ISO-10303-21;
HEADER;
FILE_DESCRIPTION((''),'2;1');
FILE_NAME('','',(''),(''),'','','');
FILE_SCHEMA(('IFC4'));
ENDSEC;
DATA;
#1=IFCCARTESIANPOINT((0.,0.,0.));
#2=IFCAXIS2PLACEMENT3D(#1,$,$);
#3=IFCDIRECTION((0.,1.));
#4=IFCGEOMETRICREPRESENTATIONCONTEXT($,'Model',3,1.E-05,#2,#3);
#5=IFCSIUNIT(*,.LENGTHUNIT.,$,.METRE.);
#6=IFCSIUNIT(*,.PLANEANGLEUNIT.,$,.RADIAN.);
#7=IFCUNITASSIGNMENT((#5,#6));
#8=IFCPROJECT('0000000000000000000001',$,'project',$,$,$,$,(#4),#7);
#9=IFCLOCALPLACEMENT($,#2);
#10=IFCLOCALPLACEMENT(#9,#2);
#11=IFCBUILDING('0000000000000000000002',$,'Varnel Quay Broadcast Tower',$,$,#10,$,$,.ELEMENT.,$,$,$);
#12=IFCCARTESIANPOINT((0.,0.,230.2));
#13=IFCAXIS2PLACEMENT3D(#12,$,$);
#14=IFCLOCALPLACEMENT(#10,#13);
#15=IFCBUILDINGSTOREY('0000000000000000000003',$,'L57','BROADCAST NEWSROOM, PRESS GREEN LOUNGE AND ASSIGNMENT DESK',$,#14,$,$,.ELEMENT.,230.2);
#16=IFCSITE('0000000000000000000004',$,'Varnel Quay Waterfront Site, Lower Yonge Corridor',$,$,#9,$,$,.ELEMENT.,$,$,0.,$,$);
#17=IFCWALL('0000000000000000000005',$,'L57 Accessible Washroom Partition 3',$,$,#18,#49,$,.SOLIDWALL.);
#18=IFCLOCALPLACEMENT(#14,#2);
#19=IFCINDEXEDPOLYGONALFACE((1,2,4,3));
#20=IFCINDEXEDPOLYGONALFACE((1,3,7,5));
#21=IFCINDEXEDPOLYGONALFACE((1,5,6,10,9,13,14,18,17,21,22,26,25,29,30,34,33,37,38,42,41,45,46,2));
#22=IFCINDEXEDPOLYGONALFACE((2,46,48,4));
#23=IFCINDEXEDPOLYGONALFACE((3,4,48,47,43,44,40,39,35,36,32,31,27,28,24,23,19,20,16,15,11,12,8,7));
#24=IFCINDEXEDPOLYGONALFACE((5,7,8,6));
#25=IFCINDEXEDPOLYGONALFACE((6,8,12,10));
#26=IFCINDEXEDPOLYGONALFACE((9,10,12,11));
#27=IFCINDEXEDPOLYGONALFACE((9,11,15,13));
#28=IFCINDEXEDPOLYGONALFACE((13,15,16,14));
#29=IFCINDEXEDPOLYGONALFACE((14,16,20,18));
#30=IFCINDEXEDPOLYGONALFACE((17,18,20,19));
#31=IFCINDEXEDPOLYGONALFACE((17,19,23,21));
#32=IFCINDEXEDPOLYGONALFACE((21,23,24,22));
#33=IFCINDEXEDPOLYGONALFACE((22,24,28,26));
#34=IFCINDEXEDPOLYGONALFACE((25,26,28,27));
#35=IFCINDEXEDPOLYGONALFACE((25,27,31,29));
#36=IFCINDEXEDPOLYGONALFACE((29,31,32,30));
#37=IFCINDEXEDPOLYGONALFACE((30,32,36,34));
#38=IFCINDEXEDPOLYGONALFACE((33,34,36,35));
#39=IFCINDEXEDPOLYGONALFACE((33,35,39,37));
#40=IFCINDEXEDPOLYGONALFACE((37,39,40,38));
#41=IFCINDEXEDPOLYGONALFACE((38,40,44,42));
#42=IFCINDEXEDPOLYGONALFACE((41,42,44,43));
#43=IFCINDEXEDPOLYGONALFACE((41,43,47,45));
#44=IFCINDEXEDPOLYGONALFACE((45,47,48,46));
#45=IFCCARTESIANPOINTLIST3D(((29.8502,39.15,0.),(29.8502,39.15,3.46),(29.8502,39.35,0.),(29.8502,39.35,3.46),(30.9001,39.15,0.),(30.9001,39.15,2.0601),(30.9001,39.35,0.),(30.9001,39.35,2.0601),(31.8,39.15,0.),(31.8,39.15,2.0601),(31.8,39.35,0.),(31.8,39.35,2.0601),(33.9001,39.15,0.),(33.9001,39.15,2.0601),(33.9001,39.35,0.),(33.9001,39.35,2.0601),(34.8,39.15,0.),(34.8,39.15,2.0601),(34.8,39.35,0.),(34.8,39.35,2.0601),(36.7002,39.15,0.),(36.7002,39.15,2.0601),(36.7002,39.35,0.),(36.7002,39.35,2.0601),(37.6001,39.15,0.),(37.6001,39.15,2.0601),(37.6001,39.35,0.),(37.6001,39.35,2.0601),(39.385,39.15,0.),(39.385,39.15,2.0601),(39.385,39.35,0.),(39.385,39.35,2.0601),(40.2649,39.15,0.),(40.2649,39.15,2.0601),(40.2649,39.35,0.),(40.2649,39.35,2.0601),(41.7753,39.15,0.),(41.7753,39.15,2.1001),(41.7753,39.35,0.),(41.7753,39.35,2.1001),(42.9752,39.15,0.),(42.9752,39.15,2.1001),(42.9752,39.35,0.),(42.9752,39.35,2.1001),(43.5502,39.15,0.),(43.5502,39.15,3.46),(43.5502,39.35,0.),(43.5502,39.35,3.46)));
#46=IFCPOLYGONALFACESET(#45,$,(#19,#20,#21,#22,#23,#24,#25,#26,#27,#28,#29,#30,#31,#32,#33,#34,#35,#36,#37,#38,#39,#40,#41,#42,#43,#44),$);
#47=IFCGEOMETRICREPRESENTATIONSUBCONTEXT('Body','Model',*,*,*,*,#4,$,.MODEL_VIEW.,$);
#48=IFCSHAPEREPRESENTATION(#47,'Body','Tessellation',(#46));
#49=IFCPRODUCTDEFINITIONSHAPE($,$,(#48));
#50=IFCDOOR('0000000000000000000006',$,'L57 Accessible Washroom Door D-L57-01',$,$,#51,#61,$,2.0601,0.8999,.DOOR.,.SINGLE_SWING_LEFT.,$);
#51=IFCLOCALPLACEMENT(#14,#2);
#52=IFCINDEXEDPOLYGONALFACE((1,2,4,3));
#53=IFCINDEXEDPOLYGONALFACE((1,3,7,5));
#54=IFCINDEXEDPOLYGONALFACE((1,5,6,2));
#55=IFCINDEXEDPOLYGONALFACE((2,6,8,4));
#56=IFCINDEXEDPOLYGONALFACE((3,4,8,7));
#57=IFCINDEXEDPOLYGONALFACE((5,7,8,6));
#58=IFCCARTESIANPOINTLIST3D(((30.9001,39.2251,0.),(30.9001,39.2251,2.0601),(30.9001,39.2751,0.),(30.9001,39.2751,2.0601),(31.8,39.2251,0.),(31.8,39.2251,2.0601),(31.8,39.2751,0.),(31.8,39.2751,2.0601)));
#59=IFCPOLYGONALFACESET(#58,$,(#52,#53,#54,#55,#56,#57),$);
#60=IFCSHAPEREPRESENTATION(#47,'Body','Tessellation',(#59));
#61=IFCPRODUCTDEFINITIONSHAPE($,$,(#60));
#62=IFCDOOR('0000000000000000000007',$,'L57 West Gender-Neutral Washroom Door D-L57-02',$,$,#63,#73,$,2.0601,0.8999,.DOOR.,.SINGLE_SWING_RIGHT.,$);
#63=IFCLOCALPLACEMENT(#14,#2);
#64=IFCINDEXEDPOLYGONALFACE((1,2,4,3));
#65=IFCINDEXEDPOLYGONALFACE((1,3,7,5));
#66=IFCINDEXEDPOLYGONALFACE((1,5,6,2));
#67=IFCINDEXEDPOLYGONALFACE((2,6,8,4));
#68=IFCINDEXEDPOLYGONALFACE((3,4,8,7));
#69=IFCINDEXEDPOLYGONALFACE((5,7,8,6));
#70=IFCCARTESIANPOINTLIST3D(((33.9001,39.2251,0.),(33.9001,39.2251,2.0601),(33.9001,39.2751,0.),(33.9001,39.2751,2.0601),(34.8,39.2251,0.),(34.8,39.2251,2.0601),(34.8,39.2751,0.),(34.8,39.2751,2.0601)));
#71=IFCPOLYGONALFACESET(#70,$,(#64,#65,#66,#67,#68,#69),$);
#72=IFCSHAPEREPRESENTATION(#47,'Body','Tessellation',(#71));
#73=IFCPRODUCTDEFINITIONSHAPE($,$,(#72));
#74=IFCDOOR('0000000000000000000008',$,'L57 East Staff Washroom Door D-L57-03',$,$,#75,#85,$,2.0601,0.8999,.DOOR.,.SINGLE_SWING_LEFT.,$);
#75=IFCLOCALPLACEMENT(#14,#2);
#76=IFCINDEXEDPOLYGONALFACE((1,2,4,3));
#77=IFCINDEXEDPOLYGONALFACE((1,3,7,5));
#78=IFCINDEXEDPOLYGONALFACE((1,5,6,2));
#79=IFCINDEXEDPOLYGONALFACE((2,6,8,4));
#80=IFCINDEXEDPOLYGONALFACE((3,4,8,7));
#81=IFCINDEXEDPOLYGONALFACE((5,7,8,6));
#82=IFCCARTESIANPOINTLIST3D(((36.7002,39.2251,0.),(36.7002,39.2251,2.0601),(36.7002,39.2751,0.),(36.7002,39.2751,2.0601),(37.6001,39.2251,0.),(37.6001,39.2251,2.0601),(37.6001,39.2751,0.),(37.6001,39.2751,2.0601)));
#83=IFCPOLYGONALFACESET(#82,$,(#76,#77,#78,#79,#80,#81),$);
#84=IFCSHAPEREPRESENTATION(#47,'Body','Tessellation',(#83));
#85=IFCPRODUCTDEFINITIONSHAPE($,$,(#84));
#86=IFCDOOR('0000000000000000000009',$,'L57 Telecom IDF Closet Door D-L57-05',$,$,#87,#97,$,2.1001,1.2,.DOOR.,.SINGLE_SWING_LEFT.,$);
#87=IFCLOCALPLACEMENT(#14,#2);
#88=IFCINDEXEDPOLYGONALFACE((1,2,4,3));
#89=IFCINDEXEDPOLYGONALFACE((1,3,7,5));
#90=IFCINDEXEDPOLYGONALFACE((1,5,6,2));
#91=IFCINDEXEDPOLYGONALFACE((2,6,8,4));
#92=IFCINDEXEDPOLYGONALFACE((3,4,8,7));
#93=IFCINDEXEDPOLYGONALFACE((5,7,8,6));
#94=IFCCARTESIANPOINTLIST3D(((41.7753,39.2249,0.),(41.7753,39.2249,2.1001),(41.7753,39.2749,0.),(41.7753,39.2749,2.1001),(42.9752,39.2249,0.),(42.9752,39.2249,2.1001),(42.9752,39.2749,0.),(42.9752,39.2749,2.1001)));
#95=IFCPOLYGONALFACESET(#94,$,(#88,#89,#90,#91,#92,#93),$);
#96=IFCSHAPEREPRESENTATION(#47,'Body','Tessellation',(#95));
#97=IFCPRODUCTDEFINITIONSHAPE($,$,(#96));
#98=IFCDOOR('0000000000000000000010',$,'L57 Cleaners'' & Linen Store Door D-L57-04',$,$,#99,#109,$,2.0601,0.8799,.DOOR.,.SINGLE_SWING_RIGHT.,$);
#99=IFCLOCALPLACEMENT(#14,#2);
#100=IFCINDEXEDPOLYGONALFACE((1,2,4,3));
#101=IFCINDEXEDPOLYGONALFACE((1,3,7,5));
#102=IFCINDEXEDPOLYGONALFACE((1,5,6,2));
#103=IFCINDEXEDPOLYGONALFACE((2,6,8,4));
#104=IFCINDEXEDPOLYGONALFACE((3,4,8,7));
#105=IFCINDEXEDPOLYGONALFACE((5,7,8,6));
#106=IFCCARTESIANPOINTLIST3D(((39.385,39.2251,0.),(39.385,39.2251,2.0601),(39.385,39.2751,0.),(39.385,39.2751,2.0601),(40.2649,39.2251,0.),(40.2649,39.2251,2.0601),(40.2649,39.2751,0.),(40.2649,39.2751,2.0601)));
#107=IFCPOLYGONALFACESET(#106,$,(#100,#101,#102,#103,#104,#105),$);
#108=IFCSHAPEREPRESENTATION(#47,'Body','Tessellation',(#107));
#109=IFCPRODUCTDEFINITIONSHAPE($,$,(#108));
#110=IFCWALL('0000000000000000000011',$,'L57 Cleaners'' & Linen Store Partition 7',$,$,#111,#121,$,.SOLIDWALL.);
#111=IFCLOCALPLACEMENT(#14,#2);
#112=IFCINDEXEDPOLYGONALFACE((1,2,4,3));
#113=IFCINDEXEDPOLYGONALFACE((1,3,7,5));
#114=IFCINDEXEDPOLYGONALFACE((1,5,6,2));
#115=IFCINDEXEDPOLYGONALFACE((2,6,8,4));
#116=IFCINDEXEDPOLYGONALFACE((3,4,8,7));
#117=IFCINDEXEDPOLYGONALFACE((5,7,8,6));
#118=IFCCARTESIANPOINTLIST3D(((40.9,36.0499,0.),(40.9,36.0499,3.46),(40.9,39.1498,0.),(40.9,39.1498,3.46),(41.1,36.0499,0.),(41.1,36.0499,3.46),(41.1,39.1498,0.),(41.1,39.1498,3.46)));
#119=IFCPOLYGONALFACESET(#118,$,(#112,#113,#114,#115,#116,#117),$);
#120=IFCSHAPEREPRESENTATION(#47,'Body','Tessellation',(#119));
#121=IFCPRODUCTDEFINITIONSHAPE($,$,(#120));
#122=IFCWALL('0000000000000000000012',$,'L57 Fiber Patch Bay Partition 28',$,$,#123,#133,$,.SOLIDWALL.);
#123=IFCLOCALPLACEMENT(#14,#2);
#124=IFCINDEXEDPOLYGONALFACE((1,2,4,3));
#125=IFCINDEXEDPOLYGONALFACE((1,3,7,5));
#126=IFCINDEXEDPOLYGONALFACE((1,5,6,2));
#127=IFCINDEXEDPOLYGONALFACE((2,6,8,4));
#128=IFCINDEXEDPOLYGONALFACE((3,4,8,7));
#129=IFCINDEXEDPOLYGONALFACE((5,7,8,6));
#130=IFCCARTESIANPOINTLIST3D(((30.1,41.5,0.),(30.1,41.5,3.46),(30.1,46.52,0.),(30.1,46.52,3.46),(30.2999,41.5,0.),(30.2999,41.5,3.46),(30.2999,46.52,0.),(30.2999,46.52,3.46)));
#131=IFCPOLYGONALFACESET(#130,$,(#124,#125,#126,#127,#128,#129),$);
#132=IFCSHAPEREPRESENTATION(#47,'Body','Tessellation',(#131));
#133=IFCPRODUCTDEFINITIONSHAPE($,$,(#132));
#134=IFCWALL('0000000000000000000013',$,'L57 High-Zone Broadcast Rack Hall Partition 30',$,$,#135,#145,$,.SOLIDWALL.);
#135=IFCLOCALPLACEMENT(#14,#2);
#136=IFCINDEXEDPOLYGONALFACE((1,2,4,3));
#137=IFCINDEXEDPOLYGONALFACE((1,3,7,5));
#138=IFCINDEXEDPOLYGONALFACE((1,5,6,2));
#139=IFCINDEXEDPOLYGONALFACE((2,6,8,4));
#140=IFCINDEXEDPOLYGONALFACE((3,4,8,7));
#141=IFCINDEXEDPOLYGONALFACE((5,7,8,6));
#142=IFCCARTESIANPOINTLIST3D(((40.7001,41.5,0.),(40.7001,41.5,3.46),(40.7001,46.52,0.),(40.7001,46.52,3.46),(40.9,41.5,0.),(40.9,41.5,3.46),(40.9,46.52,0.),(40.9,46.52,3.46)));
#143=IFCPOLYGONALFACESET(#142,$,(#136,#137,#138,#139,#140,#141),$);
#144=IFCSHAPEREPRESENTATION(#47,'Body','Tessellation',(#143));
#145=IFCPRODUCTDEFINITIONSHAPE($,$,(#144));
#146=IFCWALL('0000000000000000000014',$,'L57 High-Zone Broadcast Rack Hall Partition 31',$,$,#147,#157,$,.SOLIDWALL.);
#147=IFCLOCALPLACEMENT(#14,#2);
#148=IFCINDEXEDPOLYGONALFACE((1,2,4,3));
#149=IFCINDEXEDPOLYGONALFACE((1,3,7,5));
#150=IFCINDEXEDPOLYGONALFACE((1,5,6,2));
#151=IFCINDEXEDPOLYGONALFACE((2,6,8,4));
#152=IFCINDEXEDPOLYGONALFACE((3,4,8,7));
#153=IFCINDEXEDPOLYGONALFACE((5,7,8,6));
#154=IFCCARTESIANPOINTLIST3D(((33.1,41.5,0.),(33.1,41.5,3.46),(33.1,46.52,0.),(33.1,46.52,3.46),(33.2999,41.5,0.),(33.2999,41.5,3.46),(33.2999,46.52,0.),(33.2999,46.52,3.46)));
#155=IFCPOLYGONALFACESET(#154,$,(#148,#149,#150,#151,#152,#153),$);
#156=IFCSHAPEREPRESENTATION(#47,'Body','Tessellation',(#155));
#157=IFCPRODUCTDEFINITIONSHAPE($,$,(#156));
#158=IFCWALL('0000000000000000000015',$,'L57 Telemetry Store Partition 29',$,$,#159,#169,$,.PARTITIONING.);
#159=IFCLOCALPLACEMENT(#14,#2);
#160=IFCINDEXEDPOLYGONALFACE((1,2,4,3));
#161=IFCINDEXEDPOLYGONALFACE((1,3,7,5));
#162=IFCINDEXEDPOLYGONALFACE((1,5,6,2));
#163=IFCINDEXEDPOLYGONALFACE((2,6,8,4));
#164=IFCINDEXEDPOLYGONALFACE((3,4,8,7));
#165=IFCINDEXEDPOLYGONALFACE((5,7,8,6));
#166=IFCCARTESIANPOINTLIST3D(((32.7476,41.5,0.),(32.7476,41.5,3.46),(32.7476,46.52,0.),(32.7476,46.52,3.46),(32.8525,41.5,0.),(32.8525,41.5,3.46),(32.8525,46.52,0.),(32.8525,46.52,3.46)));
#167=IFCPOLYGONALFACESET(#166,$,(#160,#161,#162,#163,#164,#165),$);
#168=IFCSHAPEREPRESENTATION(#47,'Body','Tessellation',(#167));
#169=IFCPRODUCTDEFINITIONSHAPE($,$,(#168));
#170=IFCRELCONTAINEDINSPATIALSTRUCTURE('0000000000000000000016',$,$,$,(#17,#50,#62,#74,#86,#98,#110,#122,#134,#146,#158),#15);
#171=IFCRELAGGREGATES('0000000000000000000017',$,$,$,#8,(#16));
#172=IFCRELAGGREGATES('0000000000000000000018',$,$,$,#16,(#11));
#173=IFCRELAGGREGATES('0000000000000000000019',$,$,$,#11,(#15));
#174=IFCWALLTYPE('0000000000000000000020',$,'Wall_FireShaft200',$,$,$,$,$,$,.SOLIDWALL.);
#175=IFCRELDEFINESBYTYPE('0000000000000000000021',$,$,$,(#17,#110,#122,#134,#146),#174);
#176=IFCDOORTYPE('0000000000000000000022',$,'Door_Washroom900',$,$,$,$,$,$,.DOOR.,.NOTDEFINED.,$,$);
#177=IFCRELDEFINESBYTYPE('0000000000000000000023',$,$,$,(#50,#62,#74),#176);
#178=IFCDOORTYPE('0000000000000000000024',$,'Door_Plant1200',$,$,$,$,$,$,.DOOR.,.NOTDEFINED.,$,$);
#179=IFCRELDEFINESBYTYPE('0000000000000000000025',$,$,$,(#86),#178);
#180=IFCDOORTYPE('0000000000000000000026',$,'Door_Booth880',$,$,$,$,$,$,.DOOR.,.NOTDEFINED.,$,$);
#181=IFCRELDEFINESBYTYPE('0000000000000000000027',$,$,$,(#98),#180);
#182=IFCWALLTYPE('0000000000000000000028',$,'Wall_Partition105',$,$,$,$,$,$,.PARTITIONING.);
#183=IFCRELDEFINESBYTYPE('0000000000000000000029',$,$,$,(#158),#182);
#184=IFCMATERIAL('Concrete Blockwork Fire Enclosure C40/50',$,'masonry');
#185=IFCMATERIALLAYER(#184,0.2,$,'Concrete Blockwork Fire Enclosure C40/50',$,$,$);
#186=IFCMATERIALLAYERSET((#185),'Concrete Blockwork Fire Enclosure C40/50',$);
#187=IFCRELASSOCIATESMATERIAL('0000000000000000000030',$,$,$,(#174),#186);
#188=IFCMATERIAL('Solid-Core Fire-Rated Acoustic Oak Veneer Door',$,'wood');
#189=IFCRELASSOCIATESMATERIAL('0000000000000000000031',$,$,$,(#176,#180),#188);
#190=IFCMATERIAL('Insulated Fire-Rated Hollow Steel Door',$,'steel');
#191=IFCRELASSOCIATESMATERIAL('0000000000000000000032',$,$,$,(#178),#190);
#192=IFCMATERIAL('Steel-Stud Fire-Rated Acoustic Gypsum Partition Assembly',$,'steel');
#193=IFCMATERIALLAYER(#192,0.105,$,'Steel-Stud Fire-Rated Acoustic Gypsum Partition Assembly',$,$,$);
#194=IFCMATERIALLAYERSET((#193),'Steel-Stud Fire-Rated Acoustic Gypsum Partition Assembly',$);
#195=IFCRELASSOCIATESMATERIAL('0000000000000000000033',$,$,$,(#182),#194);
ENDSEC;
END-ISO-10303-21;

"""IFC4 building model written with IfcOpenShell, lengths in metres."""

from ifc_helpers import new_model, si_unit, direction, frame, frame_2d, origin, place, context, subcontext, project, spatial, rectangle, extrude, source, transform, mapped, material, layer, layer_set, type_object, type_shapes, element, fill, save


model = new_model("IFC4")

# Units and contexts
model_context = context("Model", 3, precision=1e-05, world=origin(), true_north=direction((0.0, 1.0)))
body_context = subcontext(model_context, "Body", "Model", "MODEL_VIEW")
ifc_project = project(units=[si_unit("LENGTHUNIT", "METRE"), si_unit("PLANEANGLEUNIT", "RADIAN")], contexts=[model_context])

# Site, building, storey
site_placement = place(None, origin())
site = spatial("IfcSite", under=ifc_project, at=site_placement, Name="Varnel Quay Waterfront Site, Lower Yonge Corridor", CompositionType="ELEMENT", RefElevation=0.0)
building_placement = place(site_placement, origin())
building = spatial("IfcBuilding", under=site, at=building_placement, Name="Varnel Quay Broadcast Tower", CompositionType="ELEMENT")
storey_placement = place(building_placement, frame((0.0, 0.0, 230.2)))
storey = spatial("IfcBuildingStorey", under=building, at=storey_placement, Name="L57", Description="BROADCAST NEWSROOM, PRESS GREEN LOUNGE AND ASSIGNMENT DESK", CompositionType="ELEMENT", Elevation=230.2)

# Wall, openings, doors
ifc_material_1 = material(Name="Concrete Blockwork Fire Enclosure C40/50", Category="masonry")
ifc_layer_1 = layer(ifc_material_1, 0.2, Name="Concrete Blockwork Fire Enclosure C40/50")
ifc_layer_set_1 = layer_set([ifc_layer_1], Name="Concrete Blockwork Fire Enclosure C40/50")
wall_type_1 = type_object("IfcWallType", Name="Wall_FireShaft200", PredefinedType="SOLIDWALL", material=ifc_layer_set_1)
wall_1_placement = place(storey_placement, frame((29.8501, 39.25, 0.0), z_axis=(0.0, 0.0, 1.0), x_axis=(1.0, 0.0, 0.0)))
wall_1 = element("IfcWall", 1, at=wall_1_placement, inside=storey, type_object=wall_type_1, Name="L57 Accessible Washroom Partition 3", PredefinedType="SOLIDWALL", context=body_context, shape_type="SweptSolid", body=[
    extrude(rectangle(XDim=13.7, YDim=0.2, at=frame_2d((6.8501, 0.0))), origin(), (0.0, 0.0, 1.0), 3.46),
])
opening_1_placement = place(wall_1_placement, frame((1.05, 0.0, 0.0)))
opening_1 = element("IfcOpeningElement", 2, at=opening_1_placement, cuts=wall_1, PredefinedType="OPENING", context=body_context, shape_type="SweptSolid", body=[
    extrude(rectangle(XDim=0.8999, YDim=2.0601, at=frame_2d((0.45, 1.03))), frame((0.0, 0.1099, 0.0), z_axis=(0.0, -1.0, 0.0), x_axis=(1.0, 0.0, 0.0)), (0.0, 0.0, 1.0), 0.22),
])
opening_2_placement = place(wall_1_placement, frame((4.05, 0.0, 0.0)))
opening_2 = element("IfcOpeningElement", 3, at=opening_2_placement, cuts=wall_1, PredefinedType="OPENING", context=body_context, shape_type="SweptSolid", body=[
    extrude(rectangle(XDim=0.8999, YDim=2.0601, at=frame_2d((0.45, 1.03))), frame((0.0, 0.1099, 0.0), z_axis=(0.0, -1.0, 0.0), x_axis=(1.0, 0.0, 0.0)), (0.0, 0.0, 1.0), 0.22),
])
opening_3_placement = place(wall_1_placement, frame((6.8501, 0.0, 0.0)))
opening_3 = element("IfcOpeningElement", 4, at=opening_3_placement, cuts=wall_1, PredefinedType="OPENING", context=body_context, shape_type="SweptSolid", body=[
    extrude(rectangle(XDim=0.8999, YDim=2.0601, at=frame_2d((0.45, 1.03))), frame((0.0, 0.1099, 0.0), z_axis=(0.0, -1.0, 0.0), x_axis=(1.0, 0.0, 0.0)), (0.0, 0.0, 1.0), 0.22),
])
opening_4_placement = place(wall_1_placement, frame((9.5349, 0.0, 0.0)))
opening_4 = element("IfcOpeningElement", 5, at=opening_4_placement, cuts=wall_1, PredefinedType="OPENING", context=body_context, shape_type="SweptSolid", body=[
    extrude(rectangle(XDim=0.8799, YDim=2.0601, at=frame_2d((0.4399, 1.03))), frame((0.0, 0.1099, 0.0), z_axis=(0.0, -1.0, 0.0), x_axis=(1.0, 0.0, 0.0)), (0.0, 0.0, 1.0), 0.22),
])
opening_5_placement = place(wall_1_placement, frame((11.925, 0.0, 0.0)))
opening_5 = element("IfcOpeningElement", 6, at=opening_5_placement, cuts=wall_1, PredefinedType="OPENING", context=body_context, shape_type="SweptSolid", body=[
    extrude(rectangle(XDim=1.2, YDim=2.1001, at=frame_2d((0.6001, 1.05))), frame((0.0, 0.1099, 0.0), z_axis=(0.0, -1.0, 0.0), x_axis=(1.0, 0.0, 0.0)), (0.0, 0.0, 1.0), 0.22),
])
ifc_material_2 = material(Name="Solid-Core Fire-Rated Acoustic Oak Veneer Door", Category="wood")
door_type_1 = type_object("IfcDoorType", Name="Door_Washroom900", OperationType="NOTDEFINED", PredefinedType="DOOR", material=ifc_material_2)
shared_shape_1 = source(origin(), body_context, "Body", "SweptSolid", [
    extrude(rectangle(XDim=0.8999, YDim=2.0601, at=frame_2d((0.45, 1.03))), frame((0.0, 0.0249, 0.0), z_axis=(0.0, -1.0, 0.0), x_axis=(1.0, 0.0, 0.0)), (0.0, 0.0, 1.0), 0.05),
])
type_shapes(door_type_1, [shared_shape_1])
door_1_placement = place(opening_1_placement, frame((0.8999, 0.0, 0.0), z_axis=(0.0, 0.0, 1.0), x_axis=(-1.0, 0.0, 0.0)))
door_1 = element("IfcDoor", 7, at=door_1_placement, inside=storey, type_object=door_type_1, Name="L57 Accessible Washroom Door D-L57-01", OperationType="SINGLE_SWING_LEFT", OverallHeight=2.0601, OverallWidth=0.8999, PredefinedType="DOOR", context=body_context, shape_type="MappedRepresentation", body=[
    mapped(shared_shape_1, transform((0.0, 0.0, 0.0), x_axis=(1.0, 0.0, 0.0), y_axis=(0.0, 1.0, 0.0), z_axis=(0.0, 0.0, 1.0), scale=1.0)),
])
fill(opening_1, door_1)
door_2_placement = place(opening_2_placement, frame((0.8999, 0.0, 0.0), z_axis=(0.0, 0.0, 1.0), x_axis=(-1.0, 0.0, 0.0)))
door_2 = element("IfcDoor", 8, at=door_2_placement, inside=storey, type_object=door_type_1, Name="L57 West Gender-Neutral Washroom Door D-L57-02", OperationType="SINGLE_SWING_RIGHT", OverallHeight=2.0601, OverallWidth=0.8999, PredefinedType="DOOR", context=body_context, shape_type="MappedRepresentation", body=[
    mapped(shared_shape_1, transform((0.0, 0.0, 0.0), x_axis=(1.0, 0.0, 0.0), y_axis=(0.0, 1.0, 0.0), z_axis=(0.0, 0.0, 1.0), scale=1.0)),
])
fill(opening_2, door_2)
door_3_placement = place(opening_3_placement, frame((0.8999, 0.0, 0.0), z_axis=(0.0, 0.0, 1.0), x_axis=(-1.0, 0.0, 0.0)))
door_3 = element("IfcDoor", 9, at=door_3_placement, inside=storey, type_object=door_type_1, Name="L57 East Staff Washroom Door D-L57-03", OperationType="SINGLE_SWING_LEFT", OverallHeight=2.0601, OverallWidth=0.8999, PredefinedType="DOOR", context=body_context, shape_type="MappedRepresentation", body=[
    mapped(shared_shape_1, transform((0.0, 0.0, 0.0), x_axis=(1.0, 0.0, 0.0), y_axis=(0.0, 1.0, 0.0), z_axis=(0.0, 0.0, 1.0), scale=1.0)),
])
fill(opening_3, door_3)
ifc_material_3 = material(Name="Insulated Fire-Rated Hollow Steel Door", Category="steel")
door_type_2 = type_object("IfcDoorType", Name="Door_Plant1200", OperationType="NOTDEFINED", PredefinedType="DOOR", material=ifc_material_3)
shared_shape_2 = source(origin(), body_context, "Body", "SweptSolid", [
    extrude(rectangle(XDim=1.2, YDim=2.1001, at=frame_2d((0.6001, 1.05))), frame((0.0, 0.0249, 0.0), z_axis=(0.0, -1.0, 0.0), x_axis=(1.0, 0.0, 0.0)), (0.0, 0.0, 1.0), 0.05),
])
type_shapes(door_type_2, [shared_shape_2])
door_4_placement = place(opening_5_placement, origin())
door_4 = element("IfcDoor", 10, at=door_4_placement, inside=storey, type_object=door_type_2, Name="L57 Telecom IDF Closet Door D-L57-05", OperationType="SINGLE_SWING_LEFT", OverallHeight=2.1001, OverallWidth=1.2, PredefinedType="DOOR", context=body_context, shape_type="MappedRepresentation", body=[
    mapped(shared_shape_2, transform((0.0, 0.0, 0.0), x_axis=(1.0, 0.0, 0.0), y_axis=(0.0, 1.0, 0.0), z_axis=(0.0, 0.0, 1.0), scale=1.0)),
])
fill(opening_5, door_4)
door_type_3 = type_object("IfcDoorType", Name="Door_Booth880", OperationType="NOTDEFINED", PredefinedType="DOOR", material=ifc_material_2)
shared_shape_3 = source(origin(), body_context, "Body", "SweptSolid", [
    extrude(rectangle(XDim=0.8799, YDim=2.0601, at=frame_2d((0.4399, 1.03))), frame((0.0, 0.0249, 0.0), z_axis=(0.0, -1.0, 0.0), x_axis=(1.0, 0.0, 0.0)), (0.0, 0.0, 1.0), 0.05),
])
type_shapes(door_type_3, [shared_shape_3])
door_5_placement = place(opening_4_placement, frame((0.8799, 0.0, 0.0), z_axis=(0.0, 0.0, 1.0), x_axis=(-1.0, 0.0, 0.0)))
door_5 = element("IfcDoor", 11, at=door_5_placement, inside=storey, type_object=door_type_3, Name="L57 Cleaners' & Linen Store Door D-L57-04", OperationType="SINGLE_SWING_RIGHT", OverallHeight=2.0601, OverallWidth=0.8799, PredefinedType="DOOR", context=body_context, shape_type="MappedRepresentation", body=[
    mapped(shared_shape_3, transform((0.0, 0.0, 0.0), x_axis=(1.0, 0.0, 0.0), y_axis=(0.0, 1.0, 0.0), z_axis=(0.0, 0.0, 1.0), scale=1.0)),
])
fill(opening_4, door_5)

# Walls
wall_2_placement = place(storey_placement, frame((41.0, 36.05, 0.0), z_axis=(0.0, 0.0, 1.0), x_axis=(0.0, 1.0, 0.0)))
element("IfcWall", 12, at=wall_2_placement, inside=storey, type_object=wall_type_1, Name="L57 Cleaners' & Linen Store Partition 7", PredefinedType="SOLIDWALL", context=body_context, shape_type="SweptSolid", body=[
    extrude(rectangle(XDim=3.0999, YDim=0.2, at=frame_2d((1.5498, 0.0))), origin(), (0.0, 0.0, 1.0), 3.46),
])
for number, where, z_axis, x_axis, name in (
    (13, (30.2, 41.5, 0.0), (0.0, 0.0, 1.0), (0.0, 1.0, 0.0), "L57 Fiber Patch Bay Partition 28"),
    (14, (40.8, 41.5, 0.0), (0.0, 0.0, 1.0), (0.0, 1.0, 0.0), "L57 High-Zone Broadcast Rack Hall Partition 30"),
    (15, (33.2, 41.5, 0.0), (0.0, 0.0, 1.0), (0.0, 1.0, 0.0), "L57 High-Zone Broadcast Rack Hall Partition 31"),
):
    element("IfcWall", number, at=place(storey_placement, frame(where, z_axis=z_axis, x_axis=x_axis)), inside=storey, type_object=wall_type_1, Name=name, PredefinedType="SOLIDWALL", context=body_context, shape_type="SweptSolid", body=[
        extrude(rectangle(XDim=5.02, YDim=0.2, at=frame_2d((2.51, 0.0))), origin(), (0.0, 0.0, 1.0), 3.46),
    ])
ifc_material_4 = material(Name="Steel-Stud Fire-Rated Acoustic Gypsum Partition Assembly", Category="steel")
ifc_layer_2 = layer(ifc_material_4, 0.105, Name="Steel-Stud Fire-Rated Acoustic Gypsum Partition Assembly")
ifc_layer_set_2 = layer_set([ifc_layer_2], Name="Steel-Stud Fire-Rated Acoustic Gypsum Partition Assembly")
wall_type_2 = type_object("IfcWallType", Name="Wall_Partition105", PredefinedType="PARTITIONING", material=ifc_layer_set_2)
wall_3_placement = place(storey_placement, frame((32.8, 41.5, 0.0), z_axis=(0.0, 0.0, 1.0), x_axis=(0.0, 1.0, 0.0)))
element("IfcWall", 16, at=wall_3_placement, inside=storey, type_object=wall_type_2, Name="L57 Telemetry Store Partition 29", PredefinedType="PARTITIONING", context=body_context, shape_type="SweptSolid", body=[
    extrude(rectangle(XDim=5.02, YDim=0.105, at=frame_2d((2.51, 0.0))), origin(), (0.0, 0.0, 1.0), 3.46),
])

save(model, "model.ifc")
